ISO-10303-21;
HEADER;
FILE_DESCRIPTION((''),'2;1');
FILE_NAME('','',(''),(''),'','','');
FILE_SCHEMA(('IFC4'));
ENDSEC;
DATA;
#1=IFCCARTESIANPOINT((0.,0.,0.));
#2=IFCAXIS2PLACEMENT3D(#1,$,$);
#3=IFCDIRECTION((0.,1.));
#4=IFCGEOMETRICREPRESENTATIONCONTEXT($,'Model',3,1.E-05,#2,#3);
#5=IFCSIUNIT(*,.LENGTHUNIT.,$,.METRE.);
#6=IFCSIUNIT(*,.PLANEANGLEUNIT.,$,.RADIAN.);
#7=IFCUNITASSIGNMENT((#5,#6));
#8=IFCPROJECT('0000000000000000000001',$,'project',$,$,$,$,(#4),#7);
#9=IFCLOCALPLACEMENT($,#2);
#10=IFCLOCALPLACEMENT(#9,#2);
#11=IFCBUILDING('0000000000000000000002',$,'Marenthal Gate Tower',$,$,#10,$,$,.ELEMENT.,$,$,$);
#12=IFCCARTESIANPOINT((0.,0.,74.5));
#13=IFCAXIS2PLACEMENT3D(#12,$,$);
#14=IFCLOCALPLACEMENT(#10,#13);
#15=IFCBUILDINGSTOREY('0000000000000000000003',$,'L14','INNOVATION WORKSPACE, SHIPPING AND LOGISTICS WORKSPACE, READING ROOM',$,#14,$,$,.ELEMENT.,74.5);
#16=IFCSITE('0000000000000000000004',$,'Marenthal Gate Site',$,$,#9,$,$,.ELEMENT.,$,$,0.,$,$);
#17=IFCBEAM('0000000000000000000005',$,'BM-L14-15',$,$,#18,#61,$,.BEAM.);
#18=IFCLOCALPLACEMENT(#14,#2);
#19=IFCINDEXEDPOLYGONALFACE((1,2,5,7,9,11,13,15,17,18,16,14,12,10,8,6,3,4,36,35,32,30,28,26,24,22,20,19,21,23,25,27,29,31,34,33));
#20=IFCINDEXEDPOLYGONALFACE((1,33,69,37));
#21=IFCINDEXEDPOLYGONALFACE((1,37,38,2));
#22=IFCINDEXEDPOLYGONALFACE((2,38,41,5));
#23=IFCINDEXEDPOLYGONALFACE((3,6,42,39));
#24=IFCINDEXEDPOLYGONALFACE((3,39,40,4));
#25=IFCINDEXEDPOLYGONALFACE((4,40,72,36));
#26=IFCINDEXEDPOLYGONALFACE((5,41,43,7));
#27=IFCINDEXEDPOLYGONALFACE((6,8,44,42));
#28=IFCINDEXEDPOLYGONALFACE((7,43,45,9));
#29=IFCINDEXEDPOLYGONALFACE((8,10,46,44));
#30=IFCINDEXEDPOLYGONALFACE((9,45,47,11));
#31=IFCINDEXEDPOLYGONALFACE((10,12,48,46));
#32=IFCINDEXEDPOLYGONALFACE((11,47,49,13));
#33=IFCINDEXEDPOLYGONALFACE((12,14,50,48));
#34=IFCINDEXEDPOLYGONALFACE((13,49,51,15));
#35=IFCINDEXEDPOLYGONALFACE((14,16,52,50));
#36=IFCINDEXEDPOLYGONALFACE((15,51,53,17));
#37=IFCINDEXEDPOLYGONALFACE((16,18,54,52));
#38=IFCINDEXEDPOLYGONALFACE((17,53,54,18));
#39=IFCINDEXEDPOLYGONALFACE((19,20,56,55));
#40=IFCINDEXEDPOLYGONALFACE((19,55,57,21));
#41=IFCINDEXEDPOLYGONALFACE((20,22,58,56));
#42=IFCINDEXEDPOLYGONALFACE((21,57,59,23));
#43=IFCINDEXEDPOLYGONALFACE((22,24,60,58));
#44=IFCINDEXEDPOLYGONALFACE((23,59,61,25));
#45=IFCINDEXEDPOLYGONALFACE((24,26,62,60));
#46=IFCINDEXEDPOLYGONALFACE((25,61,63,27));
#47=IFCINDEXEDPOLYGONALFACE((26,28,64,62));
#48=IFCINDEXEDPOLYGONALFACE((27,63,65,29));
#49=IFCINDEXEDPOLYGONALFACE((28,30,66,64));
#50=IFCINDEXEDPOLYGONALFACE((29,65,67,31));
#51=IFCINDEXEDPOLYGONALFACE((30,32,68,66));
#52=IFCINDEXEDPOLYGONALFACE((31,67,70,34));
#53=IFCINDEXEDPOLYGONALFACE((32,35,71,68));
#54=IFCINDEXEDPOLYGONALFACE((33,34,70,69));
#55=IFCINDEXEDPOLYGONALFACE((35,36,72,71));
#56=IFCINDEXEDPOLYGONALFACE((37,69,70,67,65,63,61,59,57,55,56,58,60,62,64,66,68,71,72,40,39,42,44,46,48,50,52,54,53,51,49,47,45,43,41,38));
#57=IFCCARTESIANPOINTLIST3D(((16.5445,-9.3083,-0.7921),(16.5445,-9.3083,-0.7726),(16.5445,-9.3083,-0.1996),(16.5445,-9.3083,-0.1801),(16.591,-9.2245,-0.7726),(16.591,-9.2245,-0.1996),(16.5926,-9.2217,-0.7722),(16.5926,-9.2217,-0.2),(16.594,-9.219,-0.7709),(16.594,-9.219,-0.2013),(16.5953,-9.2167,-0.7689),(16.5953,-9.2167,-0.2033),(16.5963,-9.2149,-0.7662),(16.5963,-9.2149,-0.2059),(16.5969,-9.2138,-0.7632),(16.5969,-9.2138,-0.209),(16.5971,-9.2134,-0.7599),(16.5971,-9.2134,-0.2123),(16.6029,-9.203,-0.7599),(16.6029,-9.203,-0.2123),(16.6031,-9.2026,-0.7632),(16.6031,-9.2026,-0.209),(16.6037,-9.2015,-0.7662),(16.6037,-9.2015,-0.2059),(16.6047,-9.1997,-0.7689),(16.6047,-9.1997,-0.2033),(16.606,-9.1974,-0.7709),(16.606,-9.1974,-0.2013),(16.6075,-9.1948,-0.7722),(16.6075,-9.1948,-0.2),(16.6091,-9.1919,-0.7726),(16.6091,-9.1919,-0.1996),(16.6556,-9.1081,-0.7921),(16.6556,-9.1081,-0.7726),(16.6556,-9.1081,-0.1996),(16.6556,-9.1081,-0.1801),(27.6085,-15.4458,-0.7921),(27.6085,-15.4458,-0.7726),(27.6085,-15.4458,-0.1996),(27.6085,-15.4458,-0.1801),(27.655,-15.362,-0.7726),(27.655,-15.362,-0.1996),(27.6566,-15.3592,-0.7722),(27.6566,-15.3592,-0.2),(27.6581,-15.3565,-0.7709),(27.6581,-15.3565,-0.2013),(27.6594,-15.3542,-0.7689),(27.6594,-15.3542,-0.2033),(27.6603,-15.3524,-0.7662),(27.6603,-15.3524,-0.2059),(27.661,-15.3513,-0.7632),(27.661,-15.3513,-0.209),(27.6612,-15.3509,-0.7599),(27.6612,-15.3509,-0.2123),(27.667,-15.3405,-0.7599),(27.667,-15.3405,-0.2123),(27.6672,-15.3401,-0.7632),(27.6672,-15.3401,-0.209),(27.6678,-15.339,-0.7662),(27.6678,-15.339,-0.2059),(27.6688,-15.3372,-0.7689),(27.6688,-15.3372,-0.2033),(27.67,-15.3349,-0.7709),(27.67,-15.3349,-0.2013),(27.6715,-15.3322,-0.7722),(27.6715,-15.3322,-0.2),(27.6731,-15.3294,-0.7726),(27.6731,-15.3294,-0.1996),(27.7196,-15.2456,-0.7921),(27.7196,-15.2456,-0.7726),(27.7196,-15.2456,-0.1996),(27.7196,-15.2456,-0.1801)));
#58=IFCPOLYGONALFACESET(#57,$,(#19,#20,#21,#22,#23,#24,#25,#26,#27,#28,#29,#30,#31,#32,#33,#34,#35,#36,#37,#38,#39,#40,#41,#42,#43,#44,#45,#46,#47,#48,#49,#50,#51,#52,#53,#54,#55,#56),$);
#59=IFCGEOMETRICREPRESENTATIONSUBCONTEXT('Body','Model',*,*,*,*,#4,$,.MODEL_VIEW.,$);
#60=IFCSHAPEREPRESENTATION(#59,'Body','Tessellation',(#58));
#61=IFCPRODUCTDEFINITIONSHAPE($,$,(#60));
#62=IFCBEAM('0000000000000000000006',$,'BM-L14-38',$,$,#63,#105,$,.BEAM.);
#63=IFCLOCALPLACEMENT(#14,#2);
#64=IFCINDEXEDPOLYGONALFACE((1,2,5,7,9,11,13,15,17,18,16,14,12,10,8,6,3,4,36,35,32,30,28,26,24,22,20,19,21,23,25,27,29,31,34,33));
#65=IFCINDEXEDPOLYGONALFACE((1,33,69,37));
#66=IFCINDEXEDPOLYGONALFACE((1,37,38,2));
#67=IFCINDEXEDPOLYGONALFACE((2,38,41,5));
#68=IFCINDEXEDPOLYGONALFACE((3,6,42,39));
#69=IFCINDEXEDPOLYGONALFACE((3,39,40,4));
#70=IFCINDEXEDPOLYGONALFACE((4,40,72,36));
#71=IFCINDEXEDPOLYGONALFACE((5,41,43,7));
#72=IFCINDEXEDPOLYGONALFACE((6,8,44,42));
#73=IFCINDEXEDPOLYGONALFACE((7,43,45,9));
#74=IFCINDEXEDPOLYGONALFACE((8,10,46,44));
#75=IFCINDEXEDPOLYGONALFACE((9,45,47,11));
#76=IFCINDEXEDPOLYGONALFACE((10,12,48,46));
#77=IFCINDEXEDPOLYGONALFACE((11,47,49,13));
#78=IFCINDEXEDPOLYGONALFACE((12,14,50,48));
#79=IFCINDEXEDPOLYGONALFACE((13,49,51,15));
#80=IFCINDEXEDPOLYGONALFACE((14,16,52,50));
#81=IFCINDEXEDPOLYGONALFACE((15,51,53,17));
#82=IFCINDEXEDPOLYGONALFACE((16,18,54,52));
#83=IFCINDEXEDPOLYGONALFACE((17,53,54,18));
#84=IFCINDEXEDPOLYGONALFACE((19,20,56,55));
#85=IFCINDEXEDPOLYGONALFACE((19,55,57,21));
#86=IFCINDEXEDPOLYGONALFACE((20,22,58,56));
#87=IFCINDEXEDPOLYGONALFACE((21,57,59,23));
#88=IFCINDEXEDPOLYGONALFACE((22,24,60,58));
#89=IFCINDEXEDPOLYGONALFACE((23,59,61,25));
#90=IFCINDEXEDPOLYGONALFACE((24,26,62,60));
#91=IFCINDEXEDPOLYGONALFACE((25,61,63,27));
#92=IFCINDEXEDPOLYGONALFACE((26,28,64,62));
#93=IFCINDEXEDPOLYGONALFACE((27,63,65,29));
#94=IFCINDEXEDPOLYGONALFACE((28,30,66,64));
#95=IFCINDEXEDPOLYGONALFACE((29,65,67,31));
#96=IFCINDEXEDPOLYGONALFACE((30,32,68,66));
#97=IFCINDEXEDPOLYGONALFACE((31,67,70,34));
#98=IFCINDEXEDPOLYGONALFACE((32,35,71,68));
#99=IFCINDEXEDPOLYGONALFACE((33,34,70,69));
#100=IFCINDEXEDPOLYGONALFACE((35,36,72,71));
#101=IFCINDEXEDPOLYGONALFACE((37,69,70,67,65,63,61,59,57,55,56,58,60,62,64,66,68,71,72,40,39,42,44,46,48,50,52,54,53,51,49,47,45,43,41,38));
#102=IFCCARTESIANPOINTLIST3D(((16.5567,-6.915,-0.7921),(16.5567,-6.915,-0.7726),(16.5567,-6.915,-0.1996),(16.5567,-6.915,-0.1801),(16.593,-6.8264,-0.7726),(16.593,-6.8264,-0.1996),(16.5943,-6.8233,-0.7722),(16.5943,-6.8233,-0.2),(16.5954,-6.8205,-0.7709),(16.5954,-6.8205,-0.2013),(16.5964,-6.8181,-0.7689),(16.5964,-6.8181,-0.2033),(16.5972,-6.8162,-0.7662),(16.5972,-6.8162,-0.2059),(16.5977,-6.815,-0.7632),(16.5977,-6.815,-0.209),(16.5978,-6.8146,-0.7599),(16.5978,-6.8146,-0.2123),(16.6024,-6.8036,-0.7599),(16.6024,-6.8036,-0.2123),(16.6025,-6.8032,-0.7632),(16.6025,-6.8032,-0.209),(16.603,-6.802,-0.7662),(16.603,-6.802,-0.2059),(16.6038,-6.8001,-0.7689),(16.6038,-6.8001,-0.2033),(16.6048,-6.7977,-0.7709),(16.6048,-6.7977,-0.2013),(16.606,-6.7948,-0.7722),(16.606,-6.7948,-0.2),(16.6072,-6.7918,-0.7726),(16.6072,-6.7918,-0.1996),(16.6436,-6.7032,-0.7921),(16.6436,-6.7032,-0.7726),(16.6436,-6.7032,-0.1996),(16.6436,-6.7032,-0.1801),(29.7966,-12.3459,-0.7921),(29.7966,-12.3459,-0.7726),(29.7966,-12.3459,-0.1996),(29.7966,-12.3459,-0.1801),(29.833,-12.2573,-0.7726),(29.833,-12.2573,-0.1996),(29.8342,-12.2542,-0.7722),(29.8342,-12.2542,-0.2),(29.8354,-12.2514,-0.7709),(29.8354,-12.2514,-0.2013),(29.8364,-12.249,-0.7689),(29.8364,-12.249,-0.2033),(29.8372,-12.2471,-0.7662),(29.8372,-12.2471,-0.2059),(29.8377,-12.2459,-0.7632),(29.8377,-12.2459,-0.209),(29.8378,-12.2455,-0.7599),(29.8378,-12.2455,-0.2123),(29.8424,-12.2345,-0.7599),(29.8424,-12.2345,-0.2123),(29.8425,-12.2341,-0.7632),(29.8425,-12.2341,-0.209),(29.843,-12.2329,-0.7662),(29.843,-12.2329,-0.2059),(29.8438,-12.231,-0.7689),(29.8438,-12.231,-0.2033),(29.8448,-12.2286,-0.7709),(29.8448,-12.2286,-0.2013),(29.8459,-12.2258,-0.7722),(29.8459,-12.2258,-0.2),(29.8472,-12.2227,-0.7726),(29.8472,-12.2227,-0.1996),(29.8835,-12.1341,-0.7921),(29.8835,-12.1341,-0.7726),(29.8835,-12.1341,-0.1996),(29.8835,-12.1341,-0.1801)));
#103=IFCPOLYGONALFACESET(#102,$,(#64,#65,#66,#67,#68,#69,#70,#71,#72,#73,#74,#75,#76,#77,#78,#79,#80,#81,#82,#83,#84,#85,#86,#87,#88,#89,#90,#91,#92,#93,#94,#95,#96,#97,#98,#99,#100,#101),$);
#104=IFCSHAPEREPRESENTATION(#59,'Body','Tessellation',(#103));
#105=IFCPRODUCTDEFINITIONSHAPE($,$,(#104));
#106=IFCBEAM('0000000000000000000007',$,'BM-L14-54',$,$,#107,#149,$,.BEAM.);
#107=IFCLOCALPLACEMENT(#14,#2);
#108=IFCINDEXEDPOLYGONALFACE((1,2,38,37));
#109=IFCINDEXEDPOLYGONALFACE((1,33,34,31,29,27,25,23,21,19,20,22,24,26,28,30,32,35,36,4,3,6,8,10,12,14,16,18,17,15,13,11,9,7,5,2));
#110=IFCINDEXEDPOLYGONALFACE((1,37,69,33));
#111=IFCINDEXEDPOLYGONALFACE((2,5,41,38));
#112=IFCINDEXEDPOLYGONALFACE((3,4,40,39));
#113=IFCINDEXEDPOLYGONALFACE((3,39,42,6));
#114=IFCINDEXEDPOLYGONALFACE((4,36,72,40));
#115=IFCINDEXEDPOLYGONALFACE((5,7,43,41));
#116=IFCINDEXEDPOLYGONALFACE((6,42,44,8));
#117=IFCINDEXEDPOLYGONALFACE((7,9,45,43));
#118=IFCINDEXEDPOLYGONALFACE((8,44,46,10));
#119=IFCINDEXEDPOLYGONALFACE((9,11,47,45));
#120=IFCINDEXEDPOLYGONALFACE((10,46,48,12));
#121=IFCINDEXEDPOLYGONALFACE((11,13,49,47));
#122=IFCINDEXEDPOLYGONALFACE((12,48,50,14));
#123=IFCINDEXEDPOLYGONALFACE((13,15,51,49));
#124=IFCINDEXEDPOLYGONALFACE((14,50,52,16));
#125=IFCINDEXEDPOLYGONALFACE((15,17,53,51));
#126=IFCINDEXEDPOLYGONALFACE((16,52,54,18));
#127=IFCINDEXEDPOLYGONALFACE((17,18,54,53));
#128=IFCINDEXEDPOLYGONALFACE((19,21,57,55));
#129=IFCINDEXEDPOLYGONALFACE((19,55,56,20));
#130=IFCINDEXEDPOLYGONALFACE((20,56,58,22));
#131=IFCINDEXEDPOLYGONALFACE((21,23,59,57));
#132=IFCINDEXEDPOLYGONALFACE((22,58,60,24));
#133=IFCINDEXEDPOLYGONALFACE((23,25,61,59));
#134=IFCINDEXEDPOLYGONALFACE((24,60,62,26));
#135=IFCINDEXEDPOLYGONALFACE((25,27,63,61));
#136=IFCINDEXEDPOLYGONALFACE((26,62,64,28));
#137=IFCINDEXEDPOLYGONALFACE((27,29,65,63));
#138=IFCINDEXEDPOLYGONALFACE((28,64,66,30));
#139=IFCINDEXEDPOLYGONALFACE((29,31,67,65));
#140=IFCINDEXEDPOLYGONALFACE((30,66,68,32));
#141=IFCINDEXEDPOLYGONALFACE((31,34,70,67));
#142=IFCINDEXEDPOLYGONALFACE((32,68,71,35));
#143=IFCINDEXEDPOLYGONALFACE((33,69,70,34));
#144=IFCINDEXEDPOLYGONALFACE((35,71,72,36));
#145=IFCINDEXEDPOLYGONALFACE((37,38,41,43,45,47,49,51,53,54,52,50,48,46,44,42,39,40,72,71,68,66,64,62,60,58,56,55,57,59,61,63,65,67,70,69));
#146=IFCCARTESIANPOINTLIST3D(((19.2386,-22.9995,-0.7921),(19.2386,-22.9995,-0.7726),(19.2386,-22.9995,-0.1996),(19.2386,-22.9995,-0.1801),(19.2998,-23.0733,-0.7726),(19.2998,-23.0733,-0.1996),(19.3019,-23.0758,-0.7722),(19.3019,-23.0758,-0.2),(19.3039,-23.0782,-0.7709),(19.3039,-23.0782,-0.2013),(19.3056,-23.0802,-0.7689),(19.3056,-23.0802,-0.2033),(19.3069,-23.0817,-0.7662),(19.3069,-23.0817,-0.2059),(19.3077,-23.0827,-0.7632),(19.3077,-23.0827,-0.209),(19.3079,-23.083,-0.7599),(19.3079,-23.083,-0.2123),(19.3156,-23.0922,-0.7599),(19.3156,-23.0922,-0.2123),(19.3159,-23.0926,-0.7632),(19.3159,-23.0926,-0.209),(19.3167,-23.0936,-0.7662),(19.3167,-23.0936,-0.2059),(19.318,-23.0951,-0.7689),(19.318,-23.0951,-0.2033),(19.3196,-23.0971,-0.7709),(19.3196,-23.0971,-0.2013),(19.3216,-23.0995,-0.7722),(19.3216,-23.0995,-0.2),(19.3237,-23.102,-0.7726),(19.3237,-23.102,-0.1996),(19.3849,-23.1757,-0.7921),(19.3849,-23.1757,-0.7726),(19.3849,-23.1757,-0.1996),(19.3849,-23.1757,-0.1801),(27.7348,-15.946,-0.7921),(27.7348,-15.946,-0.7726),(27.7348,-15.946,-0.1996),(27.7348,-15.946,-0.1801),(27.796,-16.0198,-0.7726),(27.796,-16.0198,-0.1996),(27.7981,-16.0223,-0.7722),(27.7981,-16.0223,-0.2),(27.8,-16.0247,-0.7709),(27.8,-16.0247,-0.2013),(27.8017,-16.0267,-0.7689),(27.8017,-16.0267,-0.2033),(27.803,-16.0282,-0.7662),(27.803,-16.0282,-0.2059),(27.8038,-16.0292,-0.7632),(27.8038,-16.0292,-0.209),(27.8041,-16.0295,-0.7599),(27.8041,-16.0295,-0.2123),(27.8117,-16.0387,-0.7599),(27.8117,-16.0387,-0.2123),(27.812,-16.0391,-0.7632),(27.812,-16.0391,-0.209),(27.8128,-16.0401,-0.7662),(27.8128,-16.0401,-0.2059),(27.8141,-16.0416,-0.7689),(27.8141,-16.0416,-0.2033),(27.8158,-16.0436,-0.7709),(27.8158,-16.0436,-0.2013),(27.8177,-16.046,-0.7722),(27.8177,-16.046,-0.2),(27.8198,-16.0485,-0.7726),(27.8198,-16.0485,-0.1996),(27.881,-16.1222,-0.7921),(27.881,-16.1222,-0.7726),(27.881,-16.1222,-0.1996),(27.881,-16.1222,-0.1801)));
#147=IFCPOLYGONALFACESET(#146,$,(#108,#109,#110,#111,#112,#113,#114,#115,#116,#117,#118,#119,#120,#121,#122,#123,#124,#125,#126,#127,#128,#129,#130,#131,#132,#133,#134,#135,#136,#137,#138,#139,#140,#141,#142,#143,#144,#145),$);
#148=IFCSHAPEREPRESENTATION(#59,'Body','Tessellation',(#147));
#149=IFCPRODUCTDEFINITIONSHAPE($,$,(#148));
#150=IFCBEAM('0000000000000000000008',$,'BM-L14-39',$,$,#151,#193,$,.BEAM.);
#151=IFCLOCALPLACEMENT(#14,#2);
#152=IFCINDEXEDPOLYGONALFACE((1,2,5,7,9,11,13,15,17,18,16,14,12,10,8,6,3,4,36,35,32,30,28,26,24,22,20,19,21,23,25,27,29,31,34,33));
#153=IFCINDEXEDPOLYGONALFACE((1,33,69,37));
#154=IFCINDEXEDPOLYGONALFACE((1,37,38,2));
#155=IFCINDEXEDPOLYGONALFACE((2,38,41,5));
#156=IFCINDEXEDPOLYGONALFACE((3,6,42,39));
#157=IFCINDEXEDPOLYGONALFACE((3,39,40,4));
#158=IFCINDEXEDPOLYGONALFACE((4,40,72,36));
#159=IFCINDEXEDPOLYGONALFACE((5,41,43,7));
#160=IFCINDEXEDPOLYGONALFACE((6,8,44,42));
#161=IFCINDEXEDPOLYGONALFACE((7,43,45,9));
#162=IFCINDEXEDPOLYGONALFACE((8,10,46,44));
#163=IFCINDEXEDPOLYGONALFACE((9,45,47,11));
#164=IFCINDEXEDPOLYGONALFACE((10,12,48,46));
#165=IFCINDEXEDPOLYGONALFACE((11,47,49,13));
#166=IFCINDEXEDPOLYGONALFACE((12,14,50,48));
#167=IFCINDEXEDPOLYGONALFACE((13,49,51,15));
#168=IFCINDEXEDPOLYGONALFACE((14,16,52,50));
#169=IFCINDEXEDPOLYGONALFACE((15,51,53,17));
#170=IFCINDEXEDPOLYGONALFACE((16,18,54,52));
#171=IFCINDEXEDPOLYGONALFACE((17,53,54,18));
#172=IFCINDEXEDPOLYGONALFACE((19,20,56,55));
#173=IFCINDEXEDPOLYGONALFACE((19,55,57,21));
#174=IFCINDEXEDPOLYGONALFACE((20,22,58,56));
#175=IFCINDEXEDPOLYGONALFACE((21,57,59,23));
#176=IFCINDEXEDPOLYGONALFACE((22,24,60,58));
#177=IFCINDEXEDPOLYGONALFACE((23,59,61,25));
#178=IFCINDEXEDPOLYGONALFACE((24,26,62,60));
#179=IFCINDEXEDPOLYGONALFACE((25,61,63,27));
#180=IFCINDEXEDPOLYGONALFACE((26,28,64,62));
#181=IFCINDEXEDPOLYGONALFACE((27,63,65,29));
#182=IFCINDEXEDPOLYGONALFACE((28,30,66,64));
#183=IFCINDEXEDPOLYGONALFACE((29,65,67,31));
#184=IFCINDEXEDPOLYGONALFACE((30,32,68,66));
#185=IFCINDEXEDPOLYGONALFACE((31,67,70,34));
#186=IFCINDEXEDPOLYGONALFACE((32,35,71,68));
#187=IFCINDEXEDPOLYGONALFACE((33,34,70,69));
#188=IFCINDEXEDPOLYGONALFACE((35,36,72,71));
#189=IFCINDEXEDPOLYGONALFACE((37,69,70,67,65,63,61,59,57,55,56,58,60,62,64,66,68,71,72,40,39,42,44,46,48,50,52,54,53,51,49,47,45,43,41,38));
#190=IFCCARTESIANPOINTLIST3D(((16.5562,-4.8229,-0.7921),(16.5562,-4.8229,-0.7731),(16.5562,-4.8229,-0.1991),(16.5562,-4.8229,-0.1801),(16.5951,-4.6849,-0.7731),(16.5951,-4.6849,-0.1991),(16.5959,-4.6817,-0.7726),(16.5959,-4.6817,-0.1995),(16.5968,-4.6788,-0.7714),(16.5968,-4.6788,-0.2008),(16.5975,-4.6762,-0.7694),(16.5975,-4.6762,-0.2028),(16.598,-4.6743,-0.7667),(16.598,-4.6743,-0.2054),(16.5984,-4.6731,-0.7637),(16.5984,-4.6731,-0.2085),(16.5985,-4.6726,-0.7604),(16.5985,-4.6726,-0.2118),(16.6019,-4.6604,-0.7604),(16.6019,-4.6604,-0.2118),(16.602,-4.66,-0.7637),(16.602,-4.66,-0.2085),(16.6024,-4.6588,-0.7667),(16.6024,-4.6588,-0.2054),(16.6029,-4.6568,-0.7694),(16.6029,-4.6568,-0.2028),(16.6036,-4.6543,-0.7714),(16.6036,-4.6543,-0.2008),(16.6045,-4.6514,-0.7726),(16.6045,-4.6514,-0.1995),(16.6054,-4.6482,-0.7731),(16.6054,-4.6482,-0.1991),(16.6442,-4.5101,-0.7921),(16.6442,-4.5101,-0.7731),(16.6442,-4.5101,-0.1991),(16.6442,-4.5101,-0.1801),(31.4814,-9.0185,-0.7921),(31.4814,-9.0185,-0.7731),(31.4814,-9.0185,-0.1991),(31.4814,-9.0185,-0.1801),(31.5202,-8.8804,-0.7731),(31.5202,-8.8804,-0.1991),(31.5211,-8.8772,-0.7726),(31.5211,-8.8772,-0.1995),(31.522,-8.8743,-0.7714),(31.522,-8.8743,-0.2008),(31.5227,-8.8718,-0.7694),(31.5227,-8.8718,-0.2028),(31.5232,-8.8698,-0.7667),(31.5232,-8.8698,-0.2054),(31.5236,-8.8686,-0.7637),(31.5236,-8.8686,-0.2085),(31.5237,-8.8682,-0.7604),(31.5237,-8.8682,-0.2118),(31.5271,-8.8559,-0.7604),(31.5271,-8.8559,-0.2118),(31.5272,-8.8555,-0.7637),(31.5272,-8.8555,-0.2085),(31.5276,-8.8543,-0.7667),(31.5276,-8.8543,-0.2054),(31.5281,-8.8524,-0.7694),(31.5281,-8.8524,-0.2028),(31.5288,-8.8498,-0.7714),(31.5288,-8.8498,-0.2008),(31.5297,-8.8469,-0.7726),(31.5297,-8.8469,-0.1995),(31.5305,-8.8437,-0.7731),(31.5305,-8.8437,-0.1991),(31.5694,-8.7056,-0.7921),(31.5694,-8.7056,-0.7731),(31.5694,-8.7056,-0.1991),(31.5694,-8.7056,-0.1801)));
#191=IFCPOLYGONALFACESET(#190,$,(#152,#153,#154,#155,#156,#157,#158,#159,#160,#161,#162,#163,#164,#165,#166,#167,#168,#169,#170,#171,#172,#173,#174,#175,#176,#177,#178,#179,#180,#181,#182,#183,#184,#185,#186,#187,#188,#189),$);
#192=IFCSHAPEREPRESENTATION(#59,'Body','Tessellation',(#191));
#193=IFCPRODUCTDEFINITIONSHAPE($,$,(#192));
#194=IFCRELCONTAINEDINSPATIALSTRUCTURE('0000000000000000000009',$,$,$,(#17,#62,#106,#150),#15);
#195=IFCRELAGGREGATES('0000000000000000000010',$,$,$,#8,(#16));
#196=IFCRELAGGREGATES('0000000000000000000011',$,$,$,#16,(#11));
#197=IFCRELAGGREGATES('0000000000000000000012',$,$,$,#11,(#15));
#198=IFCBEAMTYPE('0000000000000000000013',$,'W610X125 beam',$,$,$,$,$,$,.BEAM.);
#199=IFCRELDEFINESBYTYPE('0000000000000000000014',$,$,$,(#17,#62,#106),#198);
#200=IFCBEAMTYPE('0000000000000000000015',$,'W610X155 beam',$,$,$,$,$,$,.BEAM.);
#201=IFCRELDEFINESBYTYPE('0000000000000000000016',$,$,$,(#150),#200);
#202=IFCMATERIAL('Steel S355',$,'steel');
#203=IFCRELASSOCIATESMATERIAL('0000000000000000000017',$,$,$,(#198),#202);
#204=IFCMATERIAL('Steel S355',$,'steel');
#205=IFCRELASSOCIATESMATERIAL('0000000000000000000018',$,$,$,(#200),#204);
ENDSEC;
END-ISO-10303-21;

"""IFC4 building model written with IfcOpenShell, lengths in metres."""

from ifc_helpers import new_model, si_unit, direction, frame, origin, origin_2d, place, context, subcontext, project, spatial, i_section, extrude, material, material_profile, profile_set, type_object, element, save


model = new_model("IFC4")

# Units and contexts
model_context = context("Model", 3, precision=1e-05, world=origin(), true_north=direction((0.0, 1.0)))
body_context = subcontext(model_context, "Body", "Model", "MODEL_VIEW")
ifc_project = project(units=[si_unit("LENGTHUNIT", "METRE"), si_unit("PLANEANGLEUNIT", "RADIAN")], contexts=[model_context])

# Site, building, storey
site_placement = place(None, origin())
site = spatial("IfcSite", under=ifc_project, at=site_placement, Name="Marenthal Gate Site", CompositionType="ELEMENT", RefElevation=0.0)
building_placement = place(site_placement, origin())
building = spatial("IfcBuilding", under=site, at=building_placement, Name="Marenthal Gate Tower", CompositionType="ELEMENT")
storey_placement = place(building_placement, frame((0.0, 0.0, 74.5)))
storey = spatial("IfcBuildingStorey", under=building, at=storey_placement, Name="L14", Description="INNOVATION WORKSPACE, SHIPPING AND LOGISTICS WORKSPACE, READING ROOM", CompositionType="ELEMENT", Elevation=74.5)

# Beams
ifc_material_1 = material(Name="Steel S355", Category="steel")
ifc_material_profile_1 = material_profile(ifc_material_1, i_section(OverallWidth=0.229, OverallDepth=0.6121, WebThickness=0.012, FlangeThickness=0.0195, FilletRadius=0.0127, at=origin_2d()), Name="W610X125")
ifc_profile_set_1 = profile_set([ifc_material_profile_1], Name="Steel S355")
beam_type_1 = type_object("IfcBeamType", Name="W610X125 beam", PredefinedType="BEAM", material=ifc_profile_set_1)
beam_1_placement = place(storey_placement, frame((27.6641, -15.3457, -0.4861), z_axis=(-0.874466, 0.485087, 0.0), x_axis=(-0.485087, -0.874466, 0.0)))
element("IfcBeam", 1, at=beam_1_placement, inside=storey, type_object=beam_type_1, Name="BM-L14-15", PredefinedType="BEAM", context=body_context, shape_type="SweptSolid", body=[
    extrude(i_section(OverallWidth=0.229, OverallDepth=0.6121, WebThickness=0.012, FlangeThickness=0.0195, FilletRadius=0.0127, at=origin_2d()), origin(), (0.0, 0.0, 1.0), 12.6523),
])
beam_2_placement = place(storey_placement, frame((29.8401, -12.24, -0.4861), z_axis=(-0.92519, 0.379504, 0.0), x_axis=(-0.379504, -0.92519, 0.0)))
element("IfcBeam", 2, at=beam_2_placement, inside=storey, type_object=beam_type_1, Name="BM-L14-38", PredefinedType="BEAM", context=body_context, shape_type="SweptSolid", body=[
    extrude(i_section(OverallWidth=0.229, OverallDepth=0.6121, WebThickness=0.012, FlangeThickness=0.0195, FilletRadius=0.0127, at=origin_2d()), origin(), (0.0, 0.0, 1.0), 14.3105),
])
beam_3_placement = place(storey_placement, frame((19.3118, -23.0876, -0.4861), z_axis=(0.769405, 0.638761, 0.0), x_axis=(-0.638761, 0.769405, 0.0)))
element("IfcBeam", 3, at=beam_3_placement, inside=storey, type_object=beam_type_1, Name="BM-L14-54", PredefinedType="BEAM", context=body_context, shape_type="SweptSolid", body=[
    extrude(i_section(OverallWidth=0.229, OverallDepth=0.6121, WebThickness=0.012, FlangeThickness=0.0195, FilletRadius=0.0127, at=origin_2d()), origin(), (0.0, 0.0, 1.0), 11.0425),
])
ifc_material_2 = material(Name="Steel S355", Category="steel")
ifc_material_profile_2 = material_profile(ifc_material_2, i_section(OverallWidth=0.325, OverallDepth=0.6121, WebThickness=0.0127, FlangeThickness=0.019, FilletRadius=0.0127, at=origin_2d()), Name="W610X155")
ifc_profile_set_2 = profile_set([ifc_material_profile_2], Name="Steel S355")
beam_type_2 = type_object("IfcBeamType", Name="W610X155 beam", PredefinedType="BEAM", material=ifc_profile_set_2)
beam_4_placement = place(storey_placement, frame((31.5254, -8.8621, -0.4861), z_axis=(-0.962688, 0.270615, 0.0), x_axis=(-0.270615, -0.962688, 0.0)))
element("IfcBeam", 4, at=beam_4_placement, inside=storey, type_object=beam_type_2, Name="BM-L14-39", PredefinedType="BEAM", context=body_context, shape_type="SweptSolid", body=[
    extrude(i_section(OverallWidth=0.325, OverallDepth=0.6121, WebThickness=0.0127, FlangeThickness=0.019, FilletRadius=0.0127, at=origin_2d()), origin(), (0.0, 0.0, 1.0), 15.5037),
])

save(model, "model.ifc")
